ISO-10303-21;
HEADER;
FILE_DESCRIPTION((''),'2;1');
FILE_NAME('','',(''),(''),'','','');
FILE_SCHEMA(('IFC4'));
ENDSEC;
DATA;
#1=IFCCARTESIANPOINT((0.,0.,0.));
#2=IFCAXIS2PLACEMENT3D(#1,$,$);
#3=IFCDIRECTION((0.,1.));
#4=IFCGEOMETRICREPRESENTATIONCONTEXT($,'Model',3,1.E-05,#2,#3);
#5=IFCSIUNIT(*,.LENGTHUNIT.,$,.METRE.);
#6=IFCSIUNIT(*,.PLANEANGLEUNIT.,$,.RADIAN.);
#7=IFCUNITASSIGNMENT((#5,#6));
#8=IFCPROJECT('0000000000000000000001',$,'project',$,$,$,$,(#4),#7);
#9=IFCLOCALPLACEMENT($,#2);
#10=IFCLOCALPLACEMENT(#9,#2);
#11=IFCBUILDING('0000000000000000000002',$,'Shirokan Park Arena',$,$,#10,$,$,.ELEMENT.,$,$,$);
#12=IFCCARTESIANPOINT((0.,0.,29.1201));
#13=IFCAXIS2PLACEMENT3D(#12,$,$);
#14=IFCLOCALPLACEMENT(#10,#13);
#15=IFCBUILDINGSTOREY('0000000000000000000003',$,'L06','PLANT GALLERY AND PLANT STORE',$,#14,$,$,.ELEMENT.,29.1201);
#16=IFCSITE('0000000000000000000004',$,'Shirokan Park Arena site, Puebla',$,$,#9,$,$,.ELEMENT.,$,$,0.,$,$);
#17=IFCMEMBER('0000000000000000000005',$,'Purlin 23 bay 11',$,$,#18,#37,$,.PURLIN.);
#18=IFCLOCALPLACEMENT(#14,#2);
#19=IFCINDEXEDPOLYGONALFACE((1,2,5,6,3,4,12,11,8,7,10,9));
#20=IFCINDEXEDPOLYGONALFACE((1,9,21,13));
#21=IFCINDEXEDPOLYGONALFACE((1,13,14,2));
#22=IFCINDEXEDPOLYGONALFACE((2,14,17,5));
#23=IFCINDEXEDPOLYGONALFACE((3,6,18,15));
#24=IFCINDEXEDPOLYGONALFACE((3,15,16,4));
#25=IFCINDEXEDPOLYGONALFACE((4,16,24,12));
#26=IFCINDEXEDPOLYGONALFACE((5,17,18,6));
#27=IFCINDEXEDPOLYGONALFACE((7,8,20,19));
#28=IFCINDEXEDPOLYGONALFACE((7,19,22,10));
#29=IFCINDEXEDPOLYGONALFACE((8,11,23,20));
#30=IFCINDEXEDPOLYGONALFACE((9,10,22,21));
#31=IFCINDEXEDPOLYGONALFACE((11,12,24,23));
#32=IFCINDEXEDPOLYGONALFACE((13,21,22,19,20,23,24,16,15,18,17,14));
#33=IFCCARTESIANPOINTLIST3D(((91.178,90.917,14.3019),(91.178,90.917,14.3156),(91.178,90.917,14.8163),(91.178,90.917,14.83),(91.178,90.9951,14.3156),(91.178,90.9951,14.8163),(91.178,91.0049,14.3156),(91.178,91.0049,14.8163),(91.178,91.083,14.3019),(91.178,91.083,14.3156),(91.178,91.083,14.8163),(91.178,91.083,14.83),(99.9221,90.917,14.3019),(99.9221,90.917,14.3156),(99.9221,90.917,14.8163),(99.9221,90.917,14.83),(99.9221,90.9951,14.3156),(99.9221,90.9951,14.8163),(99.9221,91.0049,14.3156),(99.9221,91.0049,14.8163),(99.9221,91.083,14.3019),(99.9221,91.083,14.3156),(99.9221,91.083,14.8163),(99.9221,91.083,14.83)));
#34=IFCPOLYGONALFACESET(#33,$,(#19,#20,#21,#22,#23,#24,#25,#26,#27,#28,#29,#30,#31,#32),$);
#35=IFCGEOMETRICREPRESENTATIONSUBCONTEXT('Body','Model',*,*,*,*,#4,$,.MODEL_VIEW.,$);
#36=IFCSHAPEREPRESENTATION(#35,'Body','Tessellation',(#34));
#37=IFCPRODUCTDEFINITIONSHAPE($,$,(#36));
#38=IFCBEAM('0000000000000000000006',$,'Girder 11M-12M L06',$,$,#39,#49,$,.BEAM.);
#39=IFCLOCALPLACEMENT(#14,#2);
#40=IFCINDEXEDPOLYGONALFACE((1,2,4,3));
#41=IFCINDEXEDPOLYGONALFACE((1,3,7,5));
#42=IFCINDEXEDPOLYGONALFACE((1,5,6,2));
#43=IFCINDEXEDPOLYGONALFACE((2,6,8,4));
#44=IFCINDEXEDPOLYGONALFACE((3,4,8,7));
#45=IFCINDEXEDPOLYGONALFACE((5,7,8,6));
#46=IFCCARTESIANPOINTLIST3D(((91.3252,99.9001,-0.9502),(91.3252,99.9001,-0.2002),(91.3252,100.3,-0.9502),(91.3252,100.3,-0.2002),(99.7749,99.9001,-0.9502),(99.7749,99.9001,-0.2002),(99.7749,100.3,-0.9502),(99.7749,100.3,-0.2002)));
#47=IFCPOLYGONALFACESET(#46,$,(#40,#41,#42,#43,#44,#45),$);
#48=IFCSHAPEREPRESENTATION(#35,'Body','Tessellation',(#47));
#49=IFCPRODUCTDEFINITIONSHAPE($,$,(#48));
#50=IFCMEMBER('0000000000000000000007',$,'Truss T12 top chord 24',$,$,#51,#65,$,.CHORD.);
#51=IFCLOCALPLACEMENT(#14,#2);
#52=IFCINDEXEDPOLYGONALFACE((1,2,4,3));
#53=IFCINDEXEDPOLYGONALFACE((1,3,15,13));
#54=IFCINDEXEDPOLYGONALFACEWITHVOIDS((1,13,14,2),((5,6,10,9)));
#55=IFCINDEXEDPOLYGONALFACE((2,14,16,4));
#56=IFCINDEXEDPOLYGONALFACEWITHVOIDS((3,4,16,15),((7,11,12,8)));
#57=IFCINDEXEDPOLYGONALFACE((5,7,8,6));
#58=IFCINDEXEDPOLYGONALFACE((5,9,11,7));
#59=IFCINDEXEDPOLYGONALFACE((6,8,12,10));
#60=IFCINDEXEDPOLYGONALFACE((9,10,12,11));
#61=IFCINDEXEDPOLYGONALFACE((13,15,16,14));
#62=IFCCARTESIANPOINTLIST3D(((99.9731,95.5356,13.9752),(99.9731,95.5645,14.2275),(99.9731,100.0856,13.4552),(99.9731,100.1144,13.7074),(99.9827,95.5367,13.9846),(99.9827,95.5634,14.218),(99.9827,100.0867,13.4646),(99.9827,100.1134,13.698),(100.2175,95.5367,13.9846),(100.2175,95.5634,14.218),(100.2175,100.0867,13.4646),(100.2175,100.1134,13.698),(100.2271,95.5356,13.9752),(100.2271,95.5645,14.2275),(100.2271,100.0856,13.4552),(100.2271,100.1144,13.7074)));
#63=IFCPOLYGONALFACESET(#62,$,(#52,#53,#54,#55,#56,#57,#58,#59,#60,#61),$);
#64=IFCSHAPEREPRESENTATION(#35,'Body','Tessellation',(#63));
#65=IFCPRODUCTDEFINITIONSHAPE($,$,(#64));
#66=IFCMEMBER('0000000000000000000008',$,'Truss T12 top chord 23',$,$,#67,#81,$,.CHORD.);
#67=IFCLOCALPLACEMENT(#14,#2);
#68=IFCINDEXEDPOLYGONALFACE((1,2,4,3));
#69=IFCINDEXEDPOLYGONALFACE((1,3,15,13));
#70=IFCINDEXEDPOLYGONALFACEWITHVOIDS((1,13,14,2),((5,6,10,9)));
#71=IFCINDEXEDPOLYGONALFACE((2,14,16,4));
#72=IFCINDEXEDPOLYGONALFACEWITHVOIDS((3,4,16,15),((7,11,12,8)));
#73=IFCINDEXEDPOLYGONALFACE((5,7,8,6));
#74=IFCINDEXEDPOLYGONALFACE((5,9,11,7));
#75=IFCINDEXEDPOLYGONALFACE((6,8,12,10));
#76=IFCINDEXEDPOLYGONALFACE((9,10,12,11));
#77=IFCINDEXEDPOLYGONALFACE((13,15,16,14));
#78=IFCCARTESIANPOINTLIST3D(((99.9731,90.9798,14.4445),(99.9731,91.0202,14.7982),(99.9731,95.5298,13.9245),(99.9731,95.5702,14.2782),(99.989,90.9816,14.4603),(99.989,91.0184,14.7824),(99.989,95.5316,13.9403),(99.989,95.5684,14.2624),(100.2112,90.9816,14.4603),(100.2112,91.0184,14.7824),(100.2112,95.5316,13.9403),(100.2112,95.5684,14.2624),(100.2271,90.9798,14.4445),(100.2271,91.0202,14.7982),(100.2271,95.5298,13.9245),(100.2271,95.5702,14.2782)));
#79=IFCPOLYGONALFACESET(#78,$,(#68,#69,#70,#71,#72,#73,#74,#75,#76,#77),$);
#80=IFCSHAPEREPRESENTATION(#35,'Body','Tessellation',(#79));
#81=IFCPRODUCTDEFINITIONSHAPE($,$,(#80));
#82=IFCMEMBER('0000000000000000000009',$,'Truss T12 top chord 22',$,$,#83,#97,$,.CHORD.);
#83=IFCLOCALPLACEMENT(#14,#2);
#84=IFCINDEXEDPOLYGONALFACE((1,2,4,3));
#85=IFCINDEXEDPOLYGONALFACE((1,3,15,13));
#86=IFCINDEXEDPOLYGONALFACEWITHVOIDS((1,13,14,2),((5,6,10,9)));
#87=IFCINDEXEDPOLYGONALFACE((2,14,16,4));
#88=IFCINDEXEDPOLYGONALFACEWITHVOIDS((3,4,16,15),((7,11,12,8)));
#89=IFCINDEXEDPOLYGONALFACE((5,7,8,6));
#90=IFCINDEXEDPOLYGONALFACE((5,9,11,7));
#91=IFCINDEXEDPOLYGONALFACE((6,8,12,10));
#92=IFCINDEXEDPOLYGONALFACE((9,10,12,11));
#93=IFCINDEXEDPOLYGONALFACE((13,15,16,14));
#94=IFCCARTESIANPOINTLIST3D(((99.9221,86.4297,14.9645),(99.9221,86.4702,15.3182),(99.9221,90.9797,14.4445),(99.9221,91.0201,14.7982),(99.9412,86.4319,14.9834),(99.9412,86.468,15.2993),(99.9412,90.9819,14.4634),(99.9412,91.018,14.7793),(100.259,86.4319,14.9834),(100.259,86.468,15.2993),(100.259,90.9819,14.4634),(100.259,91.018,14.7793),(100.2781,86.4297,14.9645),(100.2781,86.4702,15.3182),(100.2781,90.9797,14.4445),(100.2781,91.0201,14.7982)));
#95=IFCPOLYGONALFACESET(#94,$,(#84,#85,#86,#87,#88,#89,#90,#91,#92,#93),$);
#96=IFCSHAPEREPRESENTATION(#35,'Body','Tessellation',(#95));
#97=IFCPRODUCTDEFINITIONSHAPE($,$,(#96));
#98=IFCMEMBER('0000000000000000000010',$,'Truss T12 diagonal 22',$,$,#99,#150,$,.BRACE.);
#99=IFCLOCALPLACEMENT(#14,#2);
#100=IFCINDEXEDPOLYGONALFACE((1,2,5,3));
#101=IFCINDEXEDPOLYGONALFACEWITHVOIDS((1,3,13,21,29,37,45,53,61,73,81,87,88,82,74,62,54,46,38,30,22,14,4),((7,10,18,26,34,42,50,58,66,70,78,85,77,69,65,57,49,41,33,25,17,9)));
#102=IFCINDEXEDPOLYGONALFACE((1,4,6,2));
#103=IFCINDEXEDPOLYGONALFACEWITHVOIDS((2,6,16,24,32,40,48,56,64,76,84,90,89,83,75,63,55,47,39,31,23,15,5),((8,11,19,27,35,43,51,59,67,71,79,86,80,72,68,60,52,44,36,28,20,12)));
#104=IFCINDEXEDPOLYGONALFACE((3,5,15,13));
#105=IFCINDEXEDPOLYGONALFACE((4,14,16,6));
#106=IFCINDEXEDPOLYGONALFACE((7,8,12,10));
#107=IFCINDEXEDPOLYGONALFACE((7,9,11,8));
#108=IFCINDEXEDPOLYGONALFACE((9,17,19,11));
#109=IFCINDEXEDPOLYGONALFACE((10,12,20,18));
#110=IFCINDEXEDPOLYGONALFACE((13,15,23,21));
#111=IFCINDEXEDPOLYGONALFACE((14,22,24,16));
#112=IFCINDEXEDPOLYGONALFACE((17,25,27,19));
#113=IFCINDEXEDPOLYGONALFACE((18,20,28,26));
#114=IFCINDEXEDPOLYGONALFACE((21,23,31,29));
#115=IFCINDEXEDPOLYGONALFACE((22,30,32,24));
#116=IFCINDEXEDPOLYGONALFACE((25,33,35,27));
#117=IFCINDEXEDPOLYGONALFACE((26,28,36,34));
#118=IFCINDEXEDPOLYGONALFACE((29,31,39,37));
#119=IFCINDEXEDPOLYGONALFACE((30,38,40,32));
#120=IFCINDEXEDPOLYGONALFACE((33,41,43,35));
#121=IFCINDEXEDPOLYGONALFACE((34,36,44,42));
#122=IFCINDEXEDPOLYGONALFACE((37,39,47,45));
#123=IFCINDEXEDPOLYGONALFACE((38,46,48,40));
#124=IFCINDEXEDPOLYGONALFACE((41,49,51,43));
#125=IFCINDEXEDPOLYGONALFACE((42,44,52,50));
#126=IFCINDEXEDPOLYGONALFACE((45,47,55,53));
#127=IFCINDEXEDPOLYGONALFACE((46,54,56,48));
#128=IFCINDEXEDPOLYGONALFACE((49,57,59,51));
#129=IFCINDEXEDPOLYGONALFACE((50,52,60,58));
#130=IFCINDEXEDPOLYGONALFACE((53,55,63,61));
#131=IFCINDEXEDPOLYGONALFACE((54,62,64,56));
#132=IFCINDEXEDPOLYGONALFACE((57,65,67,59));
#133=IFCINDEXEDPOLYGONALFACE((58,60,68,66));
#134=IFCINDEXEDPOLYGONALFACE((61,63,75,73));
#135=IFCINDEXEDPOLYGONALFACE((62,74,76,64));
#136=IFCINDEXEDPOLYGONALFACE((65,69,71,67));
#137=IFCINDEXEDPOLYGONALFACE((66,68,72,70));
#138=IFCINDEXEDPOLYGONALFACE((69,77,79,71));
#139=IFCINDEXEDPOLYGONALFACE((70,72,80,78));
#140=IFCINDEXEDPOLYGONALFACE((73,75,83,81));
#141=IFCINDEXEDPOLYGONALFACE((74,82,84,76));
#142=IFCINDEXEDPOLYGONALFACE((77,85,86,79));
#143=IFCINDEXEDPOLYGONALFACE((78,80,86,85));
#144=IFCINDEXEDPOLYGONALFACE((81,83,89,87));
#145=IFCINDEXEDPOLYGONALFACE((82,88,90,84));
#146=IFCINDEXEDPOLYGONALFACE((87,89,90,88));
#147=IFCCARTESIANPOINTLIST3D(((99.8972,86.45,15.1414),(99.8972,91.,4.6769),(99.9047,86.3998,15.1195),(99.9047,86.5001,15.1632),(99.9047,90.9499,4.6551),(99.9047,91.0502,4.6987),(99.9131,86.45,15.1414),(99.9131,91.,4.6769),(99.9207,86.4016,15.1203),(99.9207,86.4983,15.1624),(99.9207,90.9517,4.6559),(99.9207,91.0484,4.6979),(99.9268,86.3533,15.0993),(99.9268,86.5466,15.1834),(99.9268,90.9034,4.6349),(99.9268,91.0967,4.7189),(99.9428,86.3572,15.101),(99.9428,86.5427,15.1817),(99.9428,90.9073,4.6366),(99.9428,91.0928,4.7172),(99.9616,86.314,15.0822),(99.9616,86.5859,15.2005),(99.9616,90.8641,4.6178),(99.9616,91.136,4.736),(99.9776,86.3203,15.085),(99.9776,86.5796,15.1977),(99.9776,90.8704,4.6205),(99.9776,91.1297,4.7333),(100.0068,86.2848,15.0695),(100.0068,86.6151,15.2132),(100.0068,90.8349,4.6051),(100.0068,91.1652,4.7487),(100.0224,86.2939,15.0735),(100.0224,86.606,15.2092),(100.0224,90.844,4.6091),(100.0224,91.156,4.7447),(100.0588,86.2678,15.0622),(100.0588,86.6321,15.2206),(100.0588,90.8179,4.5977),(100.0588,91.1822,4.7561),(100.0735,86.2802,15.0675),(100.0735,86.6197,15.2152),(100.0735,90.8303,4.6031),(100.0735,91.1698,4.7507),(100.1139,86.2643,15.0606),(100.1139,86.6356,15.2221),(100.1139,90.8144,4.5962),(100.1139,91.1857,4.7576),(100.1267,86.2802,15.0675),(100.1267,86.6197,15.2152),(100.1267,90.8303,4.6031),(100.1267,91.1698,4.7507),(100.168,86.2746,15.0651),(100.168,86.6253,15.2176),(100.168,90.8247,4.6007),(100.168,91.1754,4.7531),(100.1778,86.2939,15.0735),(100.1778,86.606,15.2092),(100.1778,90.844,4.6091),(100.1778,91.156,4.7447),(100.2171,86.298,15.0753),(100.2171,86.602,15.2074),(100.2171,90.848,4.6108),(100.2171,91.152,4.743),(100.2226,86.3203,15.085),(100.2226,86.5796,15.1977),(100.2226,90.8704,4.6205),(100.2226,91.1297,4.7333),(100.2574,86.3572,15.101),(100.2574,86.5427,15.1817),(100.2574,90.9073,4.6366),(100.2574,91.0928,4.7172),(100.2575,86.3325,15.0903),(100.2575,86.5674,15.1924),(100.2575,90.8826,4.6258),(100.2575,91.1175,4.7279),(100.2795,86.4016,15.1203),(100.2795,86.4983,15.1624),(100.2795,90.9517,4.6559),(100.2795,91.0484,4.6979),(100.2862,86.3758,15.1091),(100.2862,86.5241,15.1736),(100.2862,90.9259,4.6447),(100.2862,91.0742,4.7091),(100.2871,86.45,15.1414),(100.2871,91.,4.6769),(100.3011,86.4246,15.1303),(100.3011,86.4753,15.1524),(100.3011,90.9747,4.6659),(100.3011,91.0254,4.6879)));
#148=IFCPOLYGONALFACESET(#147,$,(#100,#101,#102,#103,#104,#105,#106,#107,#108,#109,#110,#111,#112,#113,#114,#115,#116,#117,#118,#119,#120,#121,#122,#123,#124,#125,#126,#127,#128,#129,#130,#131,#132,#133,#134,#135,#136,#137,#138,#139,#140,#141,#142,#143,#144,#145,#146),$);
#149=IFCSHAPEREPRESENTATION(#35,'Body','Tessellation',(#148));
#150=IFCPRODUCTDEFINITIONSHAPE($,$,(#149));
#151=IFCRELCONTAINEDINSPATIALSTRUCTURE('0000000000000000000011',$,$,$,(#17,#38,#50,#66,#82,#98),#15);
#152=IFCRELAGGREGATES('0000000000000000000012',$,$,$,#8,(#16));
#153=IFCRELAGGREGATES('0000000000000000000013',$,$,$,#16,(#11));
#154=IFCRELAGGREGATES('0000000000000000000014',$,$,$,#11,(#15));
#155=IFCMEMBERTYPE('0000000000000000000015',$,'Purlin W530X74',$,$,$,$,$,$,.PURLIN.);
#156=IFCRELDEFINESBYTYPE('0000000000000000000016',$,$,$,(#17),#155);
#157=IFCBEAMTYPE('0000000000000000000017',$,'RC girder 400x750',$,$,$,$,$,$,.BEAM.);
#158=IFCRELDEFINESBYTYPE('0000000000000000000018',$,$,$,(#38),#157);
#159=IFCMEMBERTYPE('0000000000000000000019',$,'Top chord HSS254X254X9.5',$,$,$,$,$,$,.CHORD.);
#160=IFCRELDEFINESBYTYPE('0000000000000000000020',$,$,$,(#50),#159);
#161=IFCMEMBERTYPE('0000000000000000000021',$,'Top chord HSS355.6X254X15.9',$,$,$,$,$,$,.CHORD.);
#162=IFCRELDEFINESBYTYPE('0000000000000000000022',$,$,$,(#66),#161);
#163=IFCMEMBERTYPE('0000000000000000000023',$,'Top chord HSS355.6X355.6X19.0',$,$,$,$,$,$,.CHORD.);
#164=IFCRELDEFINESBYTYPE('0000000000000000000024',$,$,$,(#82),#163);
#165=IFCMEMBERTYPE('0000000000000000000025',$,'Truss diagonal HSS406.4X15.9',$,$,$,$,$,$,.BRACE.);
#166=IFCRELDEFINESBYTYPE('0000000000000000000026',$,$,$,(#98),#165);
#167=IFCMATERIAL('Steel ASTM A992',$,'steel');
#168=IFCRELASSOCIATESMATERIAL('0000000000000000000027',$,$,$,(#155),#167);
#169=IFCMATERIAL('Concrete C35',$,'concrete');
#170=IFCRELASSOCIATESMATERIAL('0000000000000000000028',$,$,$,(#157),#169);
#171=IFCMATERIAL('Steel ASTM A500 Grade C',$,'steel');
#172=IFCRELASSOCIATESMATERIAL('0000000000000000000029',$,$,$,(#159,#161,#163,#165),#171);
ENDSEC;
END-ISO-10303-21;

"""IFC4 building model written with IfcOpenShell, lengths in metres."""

from ifc_helpers import new_model, si_unit, direction, frame, origin, origin_2d, place, context, subcontext, project, spatial, rectangle, hollow_rectangle, hollow_circle, i_section, extrude, material, material_profile, profile_set, type_object, element, save


model = new_model("IFC4")

# Units and contexts
model_context = context("Model", 3, precision=1e-05, world=origin(), true_north=direction((0.0, 1.0)))
body_context = subcontext(model_context, "Body", "Model", "MODEL_VIEW")
ifc_project = project(units=[si_unit("LENGTHUNIT", "METRE"), si_unit("PLANEANGLEUNIT", "RADIAN")], contexts=[model_context])

# Site, building, storey
site_placement = place(None, origin())
site = spatial("IfcSite", under=ifc_project, at=site_placement, Name="Shirokan Park Arena site, Puebla", CompositionType="ELEMENT", RefElevation=0.0)
building_placement = place(site_placement, origin())
building = spatial("IfcBuilding", under=site, at=building_placement, Name="Shirokan Park Arena", CompositionType="ELEMENT")
storey_placement = place(building_placement, frame((0.0, 0.0, 29.1201)))
storey = spatial("IfcBuildingStorey", under=building, at=storey_placement, Name="L06", Description="PLANT GALLERY AND PLANT STORE", CompositionType="ELEMENT", Elevation=29.1201)

# Member
ifc_material_1 = material(Name="Steel ASTM A500 Grade C", Category="steel")
ifc_material_2 = material(Name="Steel ASTM A992", Category="steel")
ifc_material_profile_1 = material_profile(ifc_material_2, i_section(OverallWidth=0.166, OverallDepth=0.5281, WebThickness=0.0098, FlangeThickness=0.0137, at=origin_2d()), Name="W530X74")
ifc_profile_set_1 = profile_set([ifc_material_profile_1], Name="Steel ASTM A992")
member_type_1 = type_object("IfcMemberType", Name="Purlin W530X74", PredefinedType="PURLIN", material=ifc_profile_set_1)
for number, where, z_axis, x_axis, name in (
    (1, (91.178, 91.0, 14.5659), (1.0, 0.0, 0.0), (0.0, 1.0, 0.0), "Purlin 23 bay 11"),
):
    element("IfcMember", number, at=place(storey_placement, frame(where, z_axis=z_axis, x_axis=x_axis)), inside=storey, type_object=member_type_1, Name=name, PredefinedType="PURLIN", context=body_context, shape_type="SweptSolid", body=[
        extrude(i_section(OverallWidth=0.166, OverallDepth=0.5281, WebThickness=0.0098, FlangeThickness=0.0137, at=origin_2d()), origin(), (0.0, 0.0, 1.0), 8.7441),
    ])

# Beam
ifc_material_3 = material(Name="Concrete C35", Category="concrete")
ifc_material_profile_2 = material_profile(ifc_material_3, rectangle(XDim=0.3999, YDim=0.75, at=origin_2d()), Name="400x750")
ifc_profile_set_2 = profile_set([ifc_material_profile_2], Name="Concrete C35")
beam_type = type_object("IfcBeamType", Name="RC girder 400x750", PredefinedType="BEAM", material=ifc_profile_set_2)
beam_placement = place(storey_placement, frame((91.3252, 100.1001, -0.5752), z_axis=(1.0, 0.0, 0.0), x_axis=(0.0, 1.0, 0.0)))
element("IfcBeam", 2, at=beam_placement, inside=storey, type_object=beam_type, Name="Girder 11M-12M L06", PredefinedType="BEAM", context=body_context, shape_type="SweptSolid", body=[
    extrude(rectangle(XDim=0.3999, YDim=0.75, at=origin_2d()), origin(), (0.0, 0.0, 1.0), 8.4497),
])

# Members
ifc_material_profile_3 = material_profile(ifc_material_1, hollow_rectangle(XDim=0.2539, YDim=0.2539, WallThickness=0.0095, at=origin_2d()), Name="HSS254X254X9.5")
ifc_profile_set_3 = profile_set([ifc_material_profile_3], Name="Steel ASTM A500 Grade C")
member_type_2 = type_object("IfcMemberType", Name="Top chord HSS254X254X9.5", PredefinedType="CHORD", material=ifc_profile_set_3)
member_1_placement = place(storey_placement, frame((100.1001, 95.55, 14.1013), z_axis=(0.0, 0.993532, -0.11355), x_axis=(-1.0, 0.0, 0.0)))
element("IfcMember", 3, at=member_1_placement, inside=storey, type_object=member_type_2, Name="Truss T12 top chord 24", PredefinedType="CHORD", context=body_context, shape_type="SweptSolid", body=[
    extrude(hollow_rectangle(XDim=0.2539, YDim=0.2539, WallThickness=0.0095, at=origin_2d()), origin(), (0.0, 0.0, 1.0), 4.5796),
])
ifc_material_profile_4 = material_profile(ifc_material_1, hollow_rectangle(XDim=0.2539, YDim=0.356, WallThickness=0.0159, at=origin_2d()), Name="HSS355.6X254X15.9")
ifc_profile_set_4 = profile_set([ifc_material_profile_4], Name="Steel ASTM A500 Grade C")
member_type_3 = type_object("IfcMemberType", Name="Top chord HSS355.6X254X15.9", PredefinedType="CHORD", material=ifc_profile_set_4)
member_2_placement = place(storey_placement, frame((100.1001, 91.0, 14.6213), z_axis=(0.0, 0.993532, -0.11355), x_axis=(-1.0, 0.0, 0.0)))
element("IfcMember", 4, at=member_2_placement, inside=storey, type_object=member_type_3, Name="Truss T12 top chord 23", PredefinedType="CHORD", context=body_context, shape_type="SweptSolid", body=[
    extrude(hollow_rectangle(XDim=0.2539, YDim=0.356, WallThickness=0.0159, at=origin_2d()), origin(), (0.0, 0.0, 1.0), 4.5796),
])
ifc_material_profile_5 = material_profile(ifc_material_1, hollow_rectangle(XDim=0.356, YDim=0.356, WallThickness=0.019, at=origin_2d()), Name="HSS355.6X355.6X19.0")
ifc_profile_set_5 = profile_set([ifc_material_profile_5], Name="Steel ASTM A500 Grade C")
member_type_4 = type_object("IfcMemberType", Name="Top chord HSS355.6X355.6X19.0", PredefinedType="CHORD", material=ifc_profile_set_5)
member_3_placement = place(storey_placement, frame((100.1001, 86.45, 15.1414), z_axis=(0.0, 0.993532, -0.11355), x_axis=(-1.0, 0.0, 0.0)))
element("IfcMember", 5, at=member_3_placement, inside=storey, type_object=member_type_4, Name="Truss T12 top chord 22", PredefinedType="CHORD", context=body_context, shape_type="SweptSolid", body=[
    extrude(hollow_rectangle(XDim=0.356, YDim=0.356, WallThickness=0.019, at=origin_2d()), origin(), (0.0, 0.0, 1.0), 4.5796),
])
ifc_material_profile_6 = material_profile(ifc_material_1, hollow_circle(Radius=0.2029, WallThickness=0.0159, at=origin_2d()), Name="HSS406.4X15.9")
ifc_profile_set_6 = profile_set([ifc_material_profile_6], Name="Steel ASTM A500 Grade C")
member_type_5 = type_object("IfcMemberType", Name="Truss diagonal HSS406.4X15.9", PredefinedType="BRACE", material=ifc_profile_set_6)
member_4_placement = place(storey_placement, frame((100.1001, 86.45, 15.1414), z_axis=(0.0, 0.39875, -0.91706), x_axis=(-1.0, 0.0, 0.0)))
element("IfcMember", 6, at=member_4_placement, inside=storey, type_object=member_type_5, Name="Truss T12 diagonal 22", PredefinedType="BRACE", context=body_context, shape_type="SweptSolid", body=[
    extrude(hollow_circle(Radius=0.2029, WallThickness=0.0159, at=origin_2d()), origin(), (0.0, 0.0, 1.0), 11.4109),
])

save(model, "model.ifc")
